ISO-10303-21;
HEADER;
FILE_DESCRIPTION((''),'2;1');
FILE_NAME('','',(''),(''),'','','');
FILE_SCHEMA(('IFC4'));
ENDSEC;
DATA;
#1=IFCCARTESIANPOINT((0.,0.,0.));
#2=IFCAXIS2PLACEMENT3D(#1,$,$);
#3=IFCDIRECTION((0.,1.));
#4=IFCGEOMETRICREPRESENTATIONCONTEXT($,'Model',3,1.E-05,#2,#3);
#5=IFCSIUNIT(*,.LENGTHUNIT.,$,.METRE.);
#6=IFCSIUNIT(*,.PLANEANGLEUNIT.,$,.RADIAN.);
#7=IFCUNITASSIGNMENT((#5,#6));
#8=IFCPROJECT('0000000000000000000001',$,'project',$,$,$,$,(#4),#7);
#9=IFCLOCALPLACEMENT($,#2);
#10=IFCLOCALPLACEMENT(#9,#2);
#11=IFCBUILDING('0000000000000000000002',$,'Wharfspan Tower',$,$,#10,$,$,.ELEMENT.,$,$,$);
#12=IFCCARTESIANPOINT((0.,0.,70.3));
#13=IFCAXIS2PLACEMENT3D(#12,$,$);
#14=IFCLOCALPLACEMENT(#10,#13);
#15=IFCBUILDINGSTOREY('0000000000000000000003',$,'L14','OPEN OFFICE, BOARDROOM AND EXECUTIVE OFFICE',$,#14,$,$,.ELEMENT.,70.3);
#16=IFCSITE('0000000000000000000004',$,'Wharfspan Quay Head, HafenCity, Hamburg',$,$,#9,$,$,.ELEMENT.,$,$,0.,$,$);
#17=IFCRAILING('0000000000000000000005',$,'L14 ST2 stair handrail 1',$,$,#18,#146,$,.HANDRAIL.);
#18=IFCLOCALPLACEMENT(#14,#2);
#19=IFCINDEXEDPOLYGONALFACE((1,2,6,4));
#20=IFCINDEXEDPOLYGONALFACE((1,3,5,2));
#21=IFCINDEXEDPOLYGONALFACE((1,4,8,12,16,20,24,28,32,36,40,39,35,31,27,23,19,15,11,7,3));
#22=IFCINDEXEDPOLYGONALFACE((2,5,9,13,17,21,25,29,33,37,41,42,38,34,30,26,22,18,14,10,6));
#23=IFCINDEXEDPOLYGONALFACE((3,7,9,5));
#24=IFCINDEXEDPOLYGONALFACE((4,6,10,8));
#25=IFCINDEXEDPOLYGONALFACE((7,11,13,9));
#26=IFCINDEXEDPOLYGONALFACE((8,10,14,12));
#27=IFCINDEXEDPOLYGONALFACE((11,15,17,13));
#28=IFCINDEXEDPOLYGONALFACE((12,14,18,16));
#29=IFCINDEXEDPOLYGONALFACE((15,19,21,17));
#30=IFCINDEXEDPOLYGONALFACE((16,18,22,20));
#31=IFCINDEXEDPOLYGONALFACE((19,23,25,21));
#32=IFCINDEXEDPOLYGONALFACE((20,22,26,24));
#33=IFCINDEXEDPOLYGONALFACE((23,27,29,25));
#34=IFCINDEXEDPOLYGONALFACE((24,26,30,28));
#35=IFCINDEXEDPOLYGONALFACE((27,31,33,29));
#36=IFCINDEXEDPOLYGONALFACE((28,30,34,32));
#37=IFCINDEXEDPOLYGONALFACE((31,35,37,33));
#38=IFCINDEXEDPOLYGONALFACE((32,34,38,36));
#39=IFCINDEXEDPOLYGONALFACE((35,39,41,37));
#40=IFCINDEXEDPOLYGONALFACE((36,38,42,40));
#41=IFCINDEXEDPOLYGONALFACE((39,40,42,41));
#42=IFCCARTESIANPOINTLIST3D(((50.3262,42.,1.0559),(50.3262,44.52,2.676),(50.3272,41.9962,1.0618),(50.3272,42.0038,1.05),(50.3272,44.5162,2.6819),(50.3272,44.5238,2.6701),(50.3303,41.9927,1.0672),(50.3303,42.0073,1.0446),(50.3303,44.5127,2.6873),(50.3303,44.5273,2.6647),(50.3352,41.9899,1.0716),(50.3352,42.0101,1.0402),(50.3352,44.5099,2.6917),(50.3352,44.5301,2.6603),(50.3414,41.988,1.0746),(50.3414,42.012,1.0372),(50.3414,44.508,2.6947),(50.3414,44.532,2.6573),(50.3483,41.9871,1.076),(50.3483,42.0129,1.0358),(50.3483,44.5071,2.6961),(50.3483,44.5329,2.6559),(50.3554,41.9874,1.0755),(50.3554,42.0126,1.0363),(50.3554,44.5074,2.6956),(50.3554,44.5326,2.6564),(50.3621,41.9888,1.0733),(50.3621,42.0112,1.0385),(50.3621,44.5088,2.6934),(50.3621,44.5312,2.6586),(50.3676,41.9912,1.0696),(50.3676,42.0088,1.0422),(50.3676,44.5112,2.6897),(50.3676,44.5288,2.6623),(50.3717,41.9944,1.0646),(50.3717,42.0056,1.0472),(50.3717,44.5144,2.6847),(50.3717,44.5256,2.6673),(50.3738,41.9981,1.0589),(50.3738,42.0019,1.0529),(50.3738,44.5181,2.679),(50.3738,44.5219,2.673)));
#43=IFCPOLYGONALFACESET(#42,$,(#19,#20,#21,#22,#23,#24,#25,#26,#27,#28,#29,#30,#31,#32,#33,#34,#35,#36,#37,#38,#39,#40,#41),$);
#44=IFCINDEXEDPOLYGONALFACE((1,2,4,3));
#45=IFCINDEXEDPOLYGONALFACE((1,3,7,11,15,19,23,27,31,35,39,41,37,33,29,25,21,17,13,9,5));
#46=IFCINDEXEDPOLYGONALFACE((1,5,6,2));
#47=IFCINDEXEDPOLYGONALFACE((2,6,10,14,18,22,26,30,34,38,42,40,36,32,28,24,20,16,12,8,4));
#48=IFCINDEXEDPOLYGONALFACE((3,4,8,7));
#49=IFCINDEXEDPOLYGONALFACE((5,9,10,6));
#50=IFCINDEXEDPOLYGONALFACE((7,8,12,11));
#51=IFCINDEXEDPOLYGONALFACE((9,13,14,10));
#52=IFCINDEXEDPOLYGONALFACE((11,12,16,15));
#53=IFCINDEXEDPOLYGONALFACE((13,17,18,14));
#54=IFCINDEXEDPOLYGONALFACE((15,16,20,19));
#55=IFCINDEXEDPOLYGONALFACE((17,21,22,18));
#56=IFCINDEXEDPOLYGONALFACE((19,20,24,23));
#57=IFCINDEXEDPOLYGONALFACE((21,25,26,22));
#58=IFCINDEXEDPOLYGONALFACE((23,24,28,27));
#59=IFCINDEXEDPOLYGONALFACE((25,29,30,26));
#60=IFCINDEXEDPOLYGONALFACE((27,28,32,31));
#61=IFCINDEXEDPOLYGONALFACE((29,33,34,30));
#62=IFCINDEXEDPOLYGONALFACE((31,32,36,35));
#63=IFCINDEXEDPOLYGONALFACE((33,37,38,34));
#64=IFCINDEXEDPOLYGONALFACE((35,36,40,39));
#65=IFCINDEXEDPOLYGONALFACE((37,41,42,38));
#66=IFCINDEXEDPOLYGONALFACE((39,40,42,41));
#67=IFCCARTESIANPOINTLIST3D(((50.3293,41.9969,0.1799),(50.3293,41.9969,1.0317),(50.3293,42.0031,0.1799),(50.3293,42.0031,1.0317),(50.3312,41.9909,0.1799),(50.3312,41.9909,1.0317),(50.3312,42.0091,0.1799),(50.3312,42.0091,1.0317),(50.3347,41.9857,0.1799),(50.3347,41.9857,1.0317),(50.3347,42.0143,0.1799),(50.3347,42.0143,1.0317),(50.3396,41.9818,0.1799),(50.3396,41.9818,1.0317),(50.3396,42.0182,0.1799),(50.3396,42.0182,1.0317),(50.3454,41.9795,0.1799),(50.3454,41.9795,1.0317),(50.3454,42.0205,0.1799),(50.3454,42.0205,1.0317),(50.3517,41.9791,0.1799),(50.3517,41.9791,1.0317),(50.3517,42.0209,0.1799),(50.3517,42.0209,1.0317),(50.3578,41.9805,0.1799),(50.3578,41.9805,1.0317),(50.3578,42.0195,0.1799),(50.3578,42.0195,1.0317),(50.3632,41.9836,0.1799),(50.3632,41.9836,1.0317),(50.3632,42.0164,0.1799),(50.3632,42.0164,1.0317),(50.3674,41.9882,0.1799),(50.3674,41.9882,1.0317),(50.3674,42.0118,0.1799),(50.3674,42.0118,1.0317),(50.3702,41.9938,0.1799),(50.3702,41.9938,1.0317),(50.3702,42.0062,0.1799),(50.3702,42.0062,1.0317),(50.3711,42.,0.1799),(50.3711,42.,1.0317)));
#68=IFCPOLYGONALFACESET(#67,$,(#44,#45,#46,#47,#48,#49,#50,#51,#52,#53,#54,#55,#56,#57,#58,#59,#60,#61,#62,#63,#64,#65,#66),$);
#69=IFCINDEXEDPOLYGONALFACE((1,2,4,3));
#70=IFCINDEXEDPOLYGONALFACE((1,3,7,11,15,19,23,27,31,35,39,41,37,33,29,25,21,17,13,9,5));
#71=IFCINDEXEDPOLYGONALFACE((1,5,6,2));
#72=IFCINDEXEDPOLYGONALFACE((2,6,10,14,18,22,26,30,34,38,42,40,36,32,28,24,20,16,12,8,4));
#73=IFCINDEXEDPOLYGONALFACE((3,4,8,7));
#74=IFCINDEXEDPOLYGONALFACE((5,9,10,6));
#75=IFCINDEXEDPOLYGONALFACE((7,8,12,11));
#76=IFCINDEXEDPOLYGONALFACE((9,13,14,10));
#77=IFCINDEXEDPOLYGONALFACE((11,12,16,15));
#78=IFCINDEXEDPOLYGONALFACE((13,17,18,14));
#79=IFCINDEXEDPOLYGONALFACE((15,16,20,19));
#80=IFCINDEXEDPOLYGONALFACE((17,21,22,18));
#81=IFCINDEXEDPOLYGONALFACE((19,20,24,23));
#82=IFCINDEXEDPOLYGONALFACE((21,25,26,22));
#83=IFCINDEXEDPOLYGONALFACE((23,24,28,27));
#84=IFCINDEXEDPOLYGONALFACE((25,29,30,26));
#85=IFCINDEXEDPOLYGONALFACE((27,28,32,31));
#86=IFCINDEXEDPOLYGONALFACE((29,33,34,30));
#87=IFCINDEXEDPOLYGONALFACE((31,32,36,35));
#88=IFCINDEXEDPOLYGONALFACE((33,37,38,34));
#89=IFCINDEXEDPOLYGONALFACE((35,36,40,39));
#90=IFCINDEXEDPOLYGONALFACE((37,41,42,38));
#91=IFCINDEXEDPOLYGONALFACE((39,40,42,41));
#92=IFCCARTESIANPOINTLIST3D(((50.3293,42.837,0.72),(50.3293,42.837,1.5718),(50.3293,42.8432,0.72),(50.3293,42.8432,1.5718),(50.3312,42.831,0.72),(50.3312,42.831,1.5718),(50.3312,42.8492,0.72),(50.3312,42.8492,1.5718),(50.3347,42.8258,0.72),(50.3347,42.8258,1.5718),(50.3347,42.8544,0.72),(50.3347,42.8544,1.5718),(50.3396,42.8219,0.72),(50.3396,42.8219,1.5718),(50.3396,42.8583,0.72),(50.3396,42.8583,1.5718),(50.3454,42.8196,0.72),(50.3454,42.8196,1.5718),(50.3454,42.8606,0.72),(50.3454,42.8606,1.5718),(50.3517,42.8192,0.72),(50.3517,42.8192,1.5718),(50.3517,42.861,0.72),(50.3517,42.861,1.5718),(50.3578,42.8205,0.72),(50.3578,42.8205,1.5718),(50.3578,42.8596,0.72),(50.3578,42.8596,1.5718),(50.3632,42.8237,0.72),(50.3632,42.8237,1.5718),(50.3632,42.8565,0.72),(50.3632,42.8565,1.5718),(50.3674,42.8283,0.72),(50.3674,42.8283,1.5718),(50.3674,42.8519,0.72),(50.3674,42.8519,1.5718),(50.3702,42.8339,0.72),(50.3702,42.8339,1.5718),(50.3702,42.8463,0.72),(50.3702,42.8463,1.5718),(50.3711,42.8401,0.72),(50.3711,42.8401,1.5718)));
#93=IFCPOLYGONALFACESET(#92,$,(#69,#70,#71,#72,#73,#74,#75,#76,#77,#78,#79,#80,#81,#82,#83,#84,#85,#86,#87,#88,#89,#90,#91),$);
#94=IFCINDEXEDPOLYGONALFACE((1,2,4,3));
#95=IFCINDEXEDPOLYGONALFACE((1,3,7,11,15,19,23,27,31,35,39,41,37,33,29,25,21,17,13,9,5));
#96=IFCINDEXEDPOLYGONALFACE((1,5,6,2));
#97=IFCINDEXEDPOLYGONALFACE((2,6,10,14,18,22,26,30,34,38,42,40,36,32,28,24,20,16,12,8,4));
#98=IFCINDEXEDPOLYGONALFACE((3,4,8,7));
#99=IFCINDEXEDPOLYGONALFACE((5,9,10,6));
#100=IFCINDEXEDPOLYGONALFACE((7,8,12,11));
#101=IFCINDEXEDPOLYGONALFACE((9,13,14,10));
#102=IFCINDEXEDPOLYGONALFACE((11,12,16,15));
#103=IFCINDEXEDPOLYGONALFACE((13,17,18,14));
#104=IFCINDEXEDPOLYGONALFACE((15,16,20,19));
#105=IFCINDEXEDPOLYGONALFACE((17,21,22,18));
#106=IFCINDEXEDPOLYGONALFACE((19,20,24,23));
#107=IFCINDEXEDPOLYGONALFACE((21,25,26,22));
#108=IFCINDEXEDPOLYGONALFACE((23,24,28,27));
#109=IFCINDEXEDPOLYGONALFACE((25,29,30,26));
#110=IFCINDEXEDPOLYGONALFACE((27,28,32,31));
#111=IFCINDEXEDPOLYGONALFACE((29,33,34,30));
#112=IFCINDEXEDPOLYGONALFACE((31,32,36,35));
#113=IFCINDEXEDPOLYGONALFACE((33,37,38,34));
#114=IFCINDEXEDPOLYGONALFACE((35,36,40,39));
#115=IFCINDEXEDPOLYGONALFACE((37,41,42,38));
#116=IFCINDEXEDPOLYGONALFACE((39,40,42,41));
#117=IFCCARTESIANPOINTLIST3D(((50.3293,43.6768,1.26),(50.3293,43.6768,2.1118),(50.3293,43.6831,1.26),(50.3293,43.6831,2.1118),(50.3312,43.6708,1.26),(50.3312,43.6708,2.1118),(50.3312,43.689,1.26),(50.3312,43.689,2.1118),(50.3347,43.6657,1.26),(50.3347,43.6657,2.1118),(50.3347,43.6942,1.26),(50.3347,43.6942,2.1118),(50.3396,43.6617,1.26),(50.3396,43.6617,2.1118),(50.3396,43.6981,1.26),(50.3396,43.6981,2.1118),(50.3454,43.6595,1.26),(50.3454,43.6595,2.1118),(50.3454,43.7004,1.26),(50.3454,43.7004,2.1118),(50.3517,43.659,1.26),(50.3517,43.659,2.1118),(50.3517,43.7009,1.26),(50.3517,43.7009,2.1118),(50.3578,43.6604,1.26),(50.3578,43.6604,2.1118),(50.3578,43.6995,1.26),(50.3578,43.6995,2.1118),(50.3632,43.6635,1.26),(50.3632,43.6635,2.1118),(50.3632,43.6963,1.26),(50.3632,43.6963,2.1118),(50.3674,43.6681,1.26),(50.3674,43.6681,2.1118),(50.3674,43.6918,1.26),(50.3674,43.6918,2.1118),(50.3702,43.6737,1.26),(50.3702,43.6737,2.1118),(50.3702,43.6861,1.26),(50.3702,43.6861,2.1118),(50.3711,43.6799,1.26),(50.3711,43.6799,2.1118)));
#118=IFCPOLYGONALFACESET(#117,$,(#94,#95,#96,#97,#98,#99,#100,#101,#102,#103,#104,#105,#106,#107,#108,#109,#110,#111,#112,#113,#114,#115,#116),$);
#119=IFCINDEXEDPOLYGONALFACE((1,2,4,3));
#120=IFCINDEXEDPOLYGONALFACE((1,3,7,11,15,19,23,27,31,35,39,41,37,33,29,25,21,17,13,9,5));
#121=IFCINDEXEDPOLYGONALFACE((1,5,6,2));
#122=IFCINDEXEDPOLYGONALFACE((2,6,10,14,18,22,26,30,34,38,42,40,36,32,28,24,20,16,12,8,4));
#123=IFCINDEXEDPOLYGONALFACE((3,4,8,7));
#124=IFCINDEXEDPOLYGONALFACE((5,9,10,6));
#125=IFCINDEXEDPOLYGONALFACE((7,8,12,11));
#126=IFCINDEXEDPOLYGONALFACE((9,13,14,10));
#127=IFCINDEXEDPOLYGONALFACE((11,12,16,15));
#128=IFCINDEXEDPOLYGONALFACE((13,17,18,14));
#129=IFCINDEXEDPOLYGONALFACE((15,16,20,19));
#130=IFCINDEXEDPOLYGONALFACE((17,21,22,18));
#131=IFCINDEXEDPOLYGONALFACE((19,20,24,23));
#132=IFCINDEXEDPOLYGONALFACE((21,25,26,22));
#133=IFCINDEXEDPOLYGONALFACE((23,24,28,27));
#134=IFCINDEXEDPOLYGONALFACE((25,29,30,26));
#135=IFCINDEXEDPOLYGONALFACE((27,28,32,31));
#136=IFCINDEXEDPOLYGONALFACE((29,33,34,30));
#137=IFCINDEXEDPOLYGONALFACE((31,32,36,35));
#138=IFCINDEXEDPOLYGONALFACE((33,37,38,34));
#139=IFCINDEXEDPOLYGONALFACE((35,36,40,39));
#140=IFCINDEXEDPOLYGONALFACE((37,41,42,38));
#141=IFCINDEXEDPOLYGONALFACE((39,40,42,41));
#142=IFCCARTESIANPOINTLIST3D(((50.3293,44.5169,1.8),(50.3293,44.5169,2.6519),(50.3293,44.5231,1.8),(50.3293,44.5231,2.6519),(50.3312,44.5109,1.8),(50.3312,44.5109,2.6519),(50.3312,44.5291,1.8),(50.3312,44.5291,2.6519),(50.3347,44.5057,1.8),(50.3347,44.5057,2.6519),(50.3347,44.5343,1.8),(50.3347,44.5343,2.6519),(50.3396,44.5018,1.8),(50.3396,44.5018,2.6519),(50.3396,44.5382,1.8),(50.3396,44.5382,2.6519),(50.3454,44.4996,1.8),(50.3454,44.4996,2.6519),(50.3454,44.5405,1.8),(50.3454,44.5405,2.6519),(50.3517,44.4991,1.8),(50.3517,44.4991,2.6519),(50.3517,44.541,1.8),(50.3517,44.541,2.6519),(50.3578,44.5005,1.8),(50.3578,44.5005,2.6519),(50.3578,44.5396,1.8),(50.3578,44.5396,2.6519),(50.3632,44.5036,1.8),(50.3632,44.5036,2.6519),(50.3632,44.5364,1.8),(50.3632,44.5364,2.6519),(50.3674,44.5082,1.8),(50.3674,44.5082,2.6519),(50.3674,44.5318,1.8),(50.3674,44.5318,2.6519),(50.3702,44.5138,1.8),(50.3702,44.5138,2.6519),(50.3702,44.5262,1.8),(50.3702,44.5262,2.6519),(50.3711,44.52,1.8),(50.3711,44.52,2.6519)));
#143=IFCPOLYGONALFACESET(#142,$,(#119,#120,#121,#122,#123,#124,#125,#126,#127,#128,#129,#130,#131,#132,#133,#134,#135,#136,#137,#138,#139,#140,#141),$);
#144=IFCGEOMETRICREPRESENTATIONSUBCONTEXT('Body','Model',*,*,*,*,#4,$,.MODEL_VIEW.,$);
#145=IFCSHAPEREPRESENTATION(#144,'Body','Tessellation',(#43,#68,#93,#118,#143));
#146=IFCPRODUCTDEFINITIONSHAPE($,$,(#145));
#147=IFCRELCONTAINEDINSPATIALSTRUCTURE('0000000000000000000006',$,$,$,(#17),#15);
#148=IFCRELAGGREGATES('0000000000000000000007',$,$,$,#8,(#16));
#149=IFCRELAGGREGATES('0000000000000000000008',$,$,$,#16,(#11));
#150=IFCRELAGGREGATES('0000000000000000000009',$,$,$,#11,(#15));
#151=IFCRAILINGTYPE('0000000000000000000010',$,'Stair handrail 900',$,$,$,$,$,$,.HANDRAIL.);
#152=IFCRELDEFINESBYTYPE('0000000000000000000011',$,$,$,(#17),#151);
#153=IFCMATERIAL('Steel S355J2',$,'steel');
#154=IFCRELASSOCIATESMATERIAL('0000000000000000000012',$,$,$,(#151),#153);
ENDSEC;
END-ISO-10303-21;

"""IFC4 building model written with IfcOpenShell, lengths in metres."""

from ifc_helpers import new_model, si_unit, direction, frame, origin, origin_2d, place, context, subcontext, project, spatial, circle, extrude, material, type_object, element, save


model = new_model("IFC4")

# Units and contexts
model_context = context("Model", 3, precision=1e-05, world=origin(), true_north=direction((0.0, 1.0)))
body_context = subcontext(model_context, "Body", "Model", "MODEL_VIEW")
ifc_project = project(units=[si_unit("LENGTHUNIT", "METRE"), si_unit("PLANEANGLEUNIT", "RADIAN")], contexts=[model_context])

# Site, building, storey
site_placement = place(None, origin())
site = spatial("IfcSite", under=ifc_project, at=site_placement, Name="Wharfspan Quay Head, HafenCity, Hamburg", CompositionType="ELEMENT", RefElevation=0.0)
building_placement = place(site_placement, origin())
building = spatial("IfcBuilding", under=site, at=building_placement, Name="Wharfspan Tower", CompositionType="ELEMENT")
storey_placement = place(building_placement, frame((0.0, 0.0, 70.3)))
storey = spatial("IfcBuildingStorey", under=building, at=storey_placement, Name="L14", Description="OPEN OFFICE, BOARDROOM AND EXECUTIVE OFFICE", CompositionType="ELEMENT", Elevation=70.3)

# Shared definitions
ifc_material_1 = material(Name="Steel S355J2", Category="steel")

# Railing
railing_type_1 = type_object("IfcRailingType", Name="Stair handrail 900", PredefinedType="HANDRAIL", material=ifc_material_1)
railing_1_placement = place(storey_placement, frame((50.3501, 42.0, 0.1799)))
element("IfcRailing", 1, at=railing_1_placement, inside=storey, type_object=railing_type_1, Name="L14 ST2 stair handrail 1", PredefinedType="HANDRAIL", context=body_context, shape_type="SweptSolid", body=[
    extrude(circle(Radius=0.0239, at=origin_2d()), frame((0.0, 0.0, 0.876), z_axis=(0.0, 0.841163, 0.540782), x_axis=(-1.0, 0.0, 0.0)), (0.0, 0.0, 1.0), 2.9958),
    extrude(circle(Radius=0.021, at=origin_2d()), origin(), (0.0, 0.0, 1.0), 0.8518),
    extrude(circle(Radius=0.021, at=origin_2d()), frame((0.0, 0.8401, 0.54)), (0.0, 0.0, 1.0), 0.8518),
    extrude(circle(Radius=0.021, at=origin_2d()), frame((0.0, 1.6799, 1.0801)), (0.0, 0.0, 1.0), 0.8518),
    extrude(circle(Radius=0.021, at=origin_2d()), frame((0.0, 2.52, 1.6201)), (0.0, 0.0, 1.0), 0.8518),
])

save(model, "model.ifc")
